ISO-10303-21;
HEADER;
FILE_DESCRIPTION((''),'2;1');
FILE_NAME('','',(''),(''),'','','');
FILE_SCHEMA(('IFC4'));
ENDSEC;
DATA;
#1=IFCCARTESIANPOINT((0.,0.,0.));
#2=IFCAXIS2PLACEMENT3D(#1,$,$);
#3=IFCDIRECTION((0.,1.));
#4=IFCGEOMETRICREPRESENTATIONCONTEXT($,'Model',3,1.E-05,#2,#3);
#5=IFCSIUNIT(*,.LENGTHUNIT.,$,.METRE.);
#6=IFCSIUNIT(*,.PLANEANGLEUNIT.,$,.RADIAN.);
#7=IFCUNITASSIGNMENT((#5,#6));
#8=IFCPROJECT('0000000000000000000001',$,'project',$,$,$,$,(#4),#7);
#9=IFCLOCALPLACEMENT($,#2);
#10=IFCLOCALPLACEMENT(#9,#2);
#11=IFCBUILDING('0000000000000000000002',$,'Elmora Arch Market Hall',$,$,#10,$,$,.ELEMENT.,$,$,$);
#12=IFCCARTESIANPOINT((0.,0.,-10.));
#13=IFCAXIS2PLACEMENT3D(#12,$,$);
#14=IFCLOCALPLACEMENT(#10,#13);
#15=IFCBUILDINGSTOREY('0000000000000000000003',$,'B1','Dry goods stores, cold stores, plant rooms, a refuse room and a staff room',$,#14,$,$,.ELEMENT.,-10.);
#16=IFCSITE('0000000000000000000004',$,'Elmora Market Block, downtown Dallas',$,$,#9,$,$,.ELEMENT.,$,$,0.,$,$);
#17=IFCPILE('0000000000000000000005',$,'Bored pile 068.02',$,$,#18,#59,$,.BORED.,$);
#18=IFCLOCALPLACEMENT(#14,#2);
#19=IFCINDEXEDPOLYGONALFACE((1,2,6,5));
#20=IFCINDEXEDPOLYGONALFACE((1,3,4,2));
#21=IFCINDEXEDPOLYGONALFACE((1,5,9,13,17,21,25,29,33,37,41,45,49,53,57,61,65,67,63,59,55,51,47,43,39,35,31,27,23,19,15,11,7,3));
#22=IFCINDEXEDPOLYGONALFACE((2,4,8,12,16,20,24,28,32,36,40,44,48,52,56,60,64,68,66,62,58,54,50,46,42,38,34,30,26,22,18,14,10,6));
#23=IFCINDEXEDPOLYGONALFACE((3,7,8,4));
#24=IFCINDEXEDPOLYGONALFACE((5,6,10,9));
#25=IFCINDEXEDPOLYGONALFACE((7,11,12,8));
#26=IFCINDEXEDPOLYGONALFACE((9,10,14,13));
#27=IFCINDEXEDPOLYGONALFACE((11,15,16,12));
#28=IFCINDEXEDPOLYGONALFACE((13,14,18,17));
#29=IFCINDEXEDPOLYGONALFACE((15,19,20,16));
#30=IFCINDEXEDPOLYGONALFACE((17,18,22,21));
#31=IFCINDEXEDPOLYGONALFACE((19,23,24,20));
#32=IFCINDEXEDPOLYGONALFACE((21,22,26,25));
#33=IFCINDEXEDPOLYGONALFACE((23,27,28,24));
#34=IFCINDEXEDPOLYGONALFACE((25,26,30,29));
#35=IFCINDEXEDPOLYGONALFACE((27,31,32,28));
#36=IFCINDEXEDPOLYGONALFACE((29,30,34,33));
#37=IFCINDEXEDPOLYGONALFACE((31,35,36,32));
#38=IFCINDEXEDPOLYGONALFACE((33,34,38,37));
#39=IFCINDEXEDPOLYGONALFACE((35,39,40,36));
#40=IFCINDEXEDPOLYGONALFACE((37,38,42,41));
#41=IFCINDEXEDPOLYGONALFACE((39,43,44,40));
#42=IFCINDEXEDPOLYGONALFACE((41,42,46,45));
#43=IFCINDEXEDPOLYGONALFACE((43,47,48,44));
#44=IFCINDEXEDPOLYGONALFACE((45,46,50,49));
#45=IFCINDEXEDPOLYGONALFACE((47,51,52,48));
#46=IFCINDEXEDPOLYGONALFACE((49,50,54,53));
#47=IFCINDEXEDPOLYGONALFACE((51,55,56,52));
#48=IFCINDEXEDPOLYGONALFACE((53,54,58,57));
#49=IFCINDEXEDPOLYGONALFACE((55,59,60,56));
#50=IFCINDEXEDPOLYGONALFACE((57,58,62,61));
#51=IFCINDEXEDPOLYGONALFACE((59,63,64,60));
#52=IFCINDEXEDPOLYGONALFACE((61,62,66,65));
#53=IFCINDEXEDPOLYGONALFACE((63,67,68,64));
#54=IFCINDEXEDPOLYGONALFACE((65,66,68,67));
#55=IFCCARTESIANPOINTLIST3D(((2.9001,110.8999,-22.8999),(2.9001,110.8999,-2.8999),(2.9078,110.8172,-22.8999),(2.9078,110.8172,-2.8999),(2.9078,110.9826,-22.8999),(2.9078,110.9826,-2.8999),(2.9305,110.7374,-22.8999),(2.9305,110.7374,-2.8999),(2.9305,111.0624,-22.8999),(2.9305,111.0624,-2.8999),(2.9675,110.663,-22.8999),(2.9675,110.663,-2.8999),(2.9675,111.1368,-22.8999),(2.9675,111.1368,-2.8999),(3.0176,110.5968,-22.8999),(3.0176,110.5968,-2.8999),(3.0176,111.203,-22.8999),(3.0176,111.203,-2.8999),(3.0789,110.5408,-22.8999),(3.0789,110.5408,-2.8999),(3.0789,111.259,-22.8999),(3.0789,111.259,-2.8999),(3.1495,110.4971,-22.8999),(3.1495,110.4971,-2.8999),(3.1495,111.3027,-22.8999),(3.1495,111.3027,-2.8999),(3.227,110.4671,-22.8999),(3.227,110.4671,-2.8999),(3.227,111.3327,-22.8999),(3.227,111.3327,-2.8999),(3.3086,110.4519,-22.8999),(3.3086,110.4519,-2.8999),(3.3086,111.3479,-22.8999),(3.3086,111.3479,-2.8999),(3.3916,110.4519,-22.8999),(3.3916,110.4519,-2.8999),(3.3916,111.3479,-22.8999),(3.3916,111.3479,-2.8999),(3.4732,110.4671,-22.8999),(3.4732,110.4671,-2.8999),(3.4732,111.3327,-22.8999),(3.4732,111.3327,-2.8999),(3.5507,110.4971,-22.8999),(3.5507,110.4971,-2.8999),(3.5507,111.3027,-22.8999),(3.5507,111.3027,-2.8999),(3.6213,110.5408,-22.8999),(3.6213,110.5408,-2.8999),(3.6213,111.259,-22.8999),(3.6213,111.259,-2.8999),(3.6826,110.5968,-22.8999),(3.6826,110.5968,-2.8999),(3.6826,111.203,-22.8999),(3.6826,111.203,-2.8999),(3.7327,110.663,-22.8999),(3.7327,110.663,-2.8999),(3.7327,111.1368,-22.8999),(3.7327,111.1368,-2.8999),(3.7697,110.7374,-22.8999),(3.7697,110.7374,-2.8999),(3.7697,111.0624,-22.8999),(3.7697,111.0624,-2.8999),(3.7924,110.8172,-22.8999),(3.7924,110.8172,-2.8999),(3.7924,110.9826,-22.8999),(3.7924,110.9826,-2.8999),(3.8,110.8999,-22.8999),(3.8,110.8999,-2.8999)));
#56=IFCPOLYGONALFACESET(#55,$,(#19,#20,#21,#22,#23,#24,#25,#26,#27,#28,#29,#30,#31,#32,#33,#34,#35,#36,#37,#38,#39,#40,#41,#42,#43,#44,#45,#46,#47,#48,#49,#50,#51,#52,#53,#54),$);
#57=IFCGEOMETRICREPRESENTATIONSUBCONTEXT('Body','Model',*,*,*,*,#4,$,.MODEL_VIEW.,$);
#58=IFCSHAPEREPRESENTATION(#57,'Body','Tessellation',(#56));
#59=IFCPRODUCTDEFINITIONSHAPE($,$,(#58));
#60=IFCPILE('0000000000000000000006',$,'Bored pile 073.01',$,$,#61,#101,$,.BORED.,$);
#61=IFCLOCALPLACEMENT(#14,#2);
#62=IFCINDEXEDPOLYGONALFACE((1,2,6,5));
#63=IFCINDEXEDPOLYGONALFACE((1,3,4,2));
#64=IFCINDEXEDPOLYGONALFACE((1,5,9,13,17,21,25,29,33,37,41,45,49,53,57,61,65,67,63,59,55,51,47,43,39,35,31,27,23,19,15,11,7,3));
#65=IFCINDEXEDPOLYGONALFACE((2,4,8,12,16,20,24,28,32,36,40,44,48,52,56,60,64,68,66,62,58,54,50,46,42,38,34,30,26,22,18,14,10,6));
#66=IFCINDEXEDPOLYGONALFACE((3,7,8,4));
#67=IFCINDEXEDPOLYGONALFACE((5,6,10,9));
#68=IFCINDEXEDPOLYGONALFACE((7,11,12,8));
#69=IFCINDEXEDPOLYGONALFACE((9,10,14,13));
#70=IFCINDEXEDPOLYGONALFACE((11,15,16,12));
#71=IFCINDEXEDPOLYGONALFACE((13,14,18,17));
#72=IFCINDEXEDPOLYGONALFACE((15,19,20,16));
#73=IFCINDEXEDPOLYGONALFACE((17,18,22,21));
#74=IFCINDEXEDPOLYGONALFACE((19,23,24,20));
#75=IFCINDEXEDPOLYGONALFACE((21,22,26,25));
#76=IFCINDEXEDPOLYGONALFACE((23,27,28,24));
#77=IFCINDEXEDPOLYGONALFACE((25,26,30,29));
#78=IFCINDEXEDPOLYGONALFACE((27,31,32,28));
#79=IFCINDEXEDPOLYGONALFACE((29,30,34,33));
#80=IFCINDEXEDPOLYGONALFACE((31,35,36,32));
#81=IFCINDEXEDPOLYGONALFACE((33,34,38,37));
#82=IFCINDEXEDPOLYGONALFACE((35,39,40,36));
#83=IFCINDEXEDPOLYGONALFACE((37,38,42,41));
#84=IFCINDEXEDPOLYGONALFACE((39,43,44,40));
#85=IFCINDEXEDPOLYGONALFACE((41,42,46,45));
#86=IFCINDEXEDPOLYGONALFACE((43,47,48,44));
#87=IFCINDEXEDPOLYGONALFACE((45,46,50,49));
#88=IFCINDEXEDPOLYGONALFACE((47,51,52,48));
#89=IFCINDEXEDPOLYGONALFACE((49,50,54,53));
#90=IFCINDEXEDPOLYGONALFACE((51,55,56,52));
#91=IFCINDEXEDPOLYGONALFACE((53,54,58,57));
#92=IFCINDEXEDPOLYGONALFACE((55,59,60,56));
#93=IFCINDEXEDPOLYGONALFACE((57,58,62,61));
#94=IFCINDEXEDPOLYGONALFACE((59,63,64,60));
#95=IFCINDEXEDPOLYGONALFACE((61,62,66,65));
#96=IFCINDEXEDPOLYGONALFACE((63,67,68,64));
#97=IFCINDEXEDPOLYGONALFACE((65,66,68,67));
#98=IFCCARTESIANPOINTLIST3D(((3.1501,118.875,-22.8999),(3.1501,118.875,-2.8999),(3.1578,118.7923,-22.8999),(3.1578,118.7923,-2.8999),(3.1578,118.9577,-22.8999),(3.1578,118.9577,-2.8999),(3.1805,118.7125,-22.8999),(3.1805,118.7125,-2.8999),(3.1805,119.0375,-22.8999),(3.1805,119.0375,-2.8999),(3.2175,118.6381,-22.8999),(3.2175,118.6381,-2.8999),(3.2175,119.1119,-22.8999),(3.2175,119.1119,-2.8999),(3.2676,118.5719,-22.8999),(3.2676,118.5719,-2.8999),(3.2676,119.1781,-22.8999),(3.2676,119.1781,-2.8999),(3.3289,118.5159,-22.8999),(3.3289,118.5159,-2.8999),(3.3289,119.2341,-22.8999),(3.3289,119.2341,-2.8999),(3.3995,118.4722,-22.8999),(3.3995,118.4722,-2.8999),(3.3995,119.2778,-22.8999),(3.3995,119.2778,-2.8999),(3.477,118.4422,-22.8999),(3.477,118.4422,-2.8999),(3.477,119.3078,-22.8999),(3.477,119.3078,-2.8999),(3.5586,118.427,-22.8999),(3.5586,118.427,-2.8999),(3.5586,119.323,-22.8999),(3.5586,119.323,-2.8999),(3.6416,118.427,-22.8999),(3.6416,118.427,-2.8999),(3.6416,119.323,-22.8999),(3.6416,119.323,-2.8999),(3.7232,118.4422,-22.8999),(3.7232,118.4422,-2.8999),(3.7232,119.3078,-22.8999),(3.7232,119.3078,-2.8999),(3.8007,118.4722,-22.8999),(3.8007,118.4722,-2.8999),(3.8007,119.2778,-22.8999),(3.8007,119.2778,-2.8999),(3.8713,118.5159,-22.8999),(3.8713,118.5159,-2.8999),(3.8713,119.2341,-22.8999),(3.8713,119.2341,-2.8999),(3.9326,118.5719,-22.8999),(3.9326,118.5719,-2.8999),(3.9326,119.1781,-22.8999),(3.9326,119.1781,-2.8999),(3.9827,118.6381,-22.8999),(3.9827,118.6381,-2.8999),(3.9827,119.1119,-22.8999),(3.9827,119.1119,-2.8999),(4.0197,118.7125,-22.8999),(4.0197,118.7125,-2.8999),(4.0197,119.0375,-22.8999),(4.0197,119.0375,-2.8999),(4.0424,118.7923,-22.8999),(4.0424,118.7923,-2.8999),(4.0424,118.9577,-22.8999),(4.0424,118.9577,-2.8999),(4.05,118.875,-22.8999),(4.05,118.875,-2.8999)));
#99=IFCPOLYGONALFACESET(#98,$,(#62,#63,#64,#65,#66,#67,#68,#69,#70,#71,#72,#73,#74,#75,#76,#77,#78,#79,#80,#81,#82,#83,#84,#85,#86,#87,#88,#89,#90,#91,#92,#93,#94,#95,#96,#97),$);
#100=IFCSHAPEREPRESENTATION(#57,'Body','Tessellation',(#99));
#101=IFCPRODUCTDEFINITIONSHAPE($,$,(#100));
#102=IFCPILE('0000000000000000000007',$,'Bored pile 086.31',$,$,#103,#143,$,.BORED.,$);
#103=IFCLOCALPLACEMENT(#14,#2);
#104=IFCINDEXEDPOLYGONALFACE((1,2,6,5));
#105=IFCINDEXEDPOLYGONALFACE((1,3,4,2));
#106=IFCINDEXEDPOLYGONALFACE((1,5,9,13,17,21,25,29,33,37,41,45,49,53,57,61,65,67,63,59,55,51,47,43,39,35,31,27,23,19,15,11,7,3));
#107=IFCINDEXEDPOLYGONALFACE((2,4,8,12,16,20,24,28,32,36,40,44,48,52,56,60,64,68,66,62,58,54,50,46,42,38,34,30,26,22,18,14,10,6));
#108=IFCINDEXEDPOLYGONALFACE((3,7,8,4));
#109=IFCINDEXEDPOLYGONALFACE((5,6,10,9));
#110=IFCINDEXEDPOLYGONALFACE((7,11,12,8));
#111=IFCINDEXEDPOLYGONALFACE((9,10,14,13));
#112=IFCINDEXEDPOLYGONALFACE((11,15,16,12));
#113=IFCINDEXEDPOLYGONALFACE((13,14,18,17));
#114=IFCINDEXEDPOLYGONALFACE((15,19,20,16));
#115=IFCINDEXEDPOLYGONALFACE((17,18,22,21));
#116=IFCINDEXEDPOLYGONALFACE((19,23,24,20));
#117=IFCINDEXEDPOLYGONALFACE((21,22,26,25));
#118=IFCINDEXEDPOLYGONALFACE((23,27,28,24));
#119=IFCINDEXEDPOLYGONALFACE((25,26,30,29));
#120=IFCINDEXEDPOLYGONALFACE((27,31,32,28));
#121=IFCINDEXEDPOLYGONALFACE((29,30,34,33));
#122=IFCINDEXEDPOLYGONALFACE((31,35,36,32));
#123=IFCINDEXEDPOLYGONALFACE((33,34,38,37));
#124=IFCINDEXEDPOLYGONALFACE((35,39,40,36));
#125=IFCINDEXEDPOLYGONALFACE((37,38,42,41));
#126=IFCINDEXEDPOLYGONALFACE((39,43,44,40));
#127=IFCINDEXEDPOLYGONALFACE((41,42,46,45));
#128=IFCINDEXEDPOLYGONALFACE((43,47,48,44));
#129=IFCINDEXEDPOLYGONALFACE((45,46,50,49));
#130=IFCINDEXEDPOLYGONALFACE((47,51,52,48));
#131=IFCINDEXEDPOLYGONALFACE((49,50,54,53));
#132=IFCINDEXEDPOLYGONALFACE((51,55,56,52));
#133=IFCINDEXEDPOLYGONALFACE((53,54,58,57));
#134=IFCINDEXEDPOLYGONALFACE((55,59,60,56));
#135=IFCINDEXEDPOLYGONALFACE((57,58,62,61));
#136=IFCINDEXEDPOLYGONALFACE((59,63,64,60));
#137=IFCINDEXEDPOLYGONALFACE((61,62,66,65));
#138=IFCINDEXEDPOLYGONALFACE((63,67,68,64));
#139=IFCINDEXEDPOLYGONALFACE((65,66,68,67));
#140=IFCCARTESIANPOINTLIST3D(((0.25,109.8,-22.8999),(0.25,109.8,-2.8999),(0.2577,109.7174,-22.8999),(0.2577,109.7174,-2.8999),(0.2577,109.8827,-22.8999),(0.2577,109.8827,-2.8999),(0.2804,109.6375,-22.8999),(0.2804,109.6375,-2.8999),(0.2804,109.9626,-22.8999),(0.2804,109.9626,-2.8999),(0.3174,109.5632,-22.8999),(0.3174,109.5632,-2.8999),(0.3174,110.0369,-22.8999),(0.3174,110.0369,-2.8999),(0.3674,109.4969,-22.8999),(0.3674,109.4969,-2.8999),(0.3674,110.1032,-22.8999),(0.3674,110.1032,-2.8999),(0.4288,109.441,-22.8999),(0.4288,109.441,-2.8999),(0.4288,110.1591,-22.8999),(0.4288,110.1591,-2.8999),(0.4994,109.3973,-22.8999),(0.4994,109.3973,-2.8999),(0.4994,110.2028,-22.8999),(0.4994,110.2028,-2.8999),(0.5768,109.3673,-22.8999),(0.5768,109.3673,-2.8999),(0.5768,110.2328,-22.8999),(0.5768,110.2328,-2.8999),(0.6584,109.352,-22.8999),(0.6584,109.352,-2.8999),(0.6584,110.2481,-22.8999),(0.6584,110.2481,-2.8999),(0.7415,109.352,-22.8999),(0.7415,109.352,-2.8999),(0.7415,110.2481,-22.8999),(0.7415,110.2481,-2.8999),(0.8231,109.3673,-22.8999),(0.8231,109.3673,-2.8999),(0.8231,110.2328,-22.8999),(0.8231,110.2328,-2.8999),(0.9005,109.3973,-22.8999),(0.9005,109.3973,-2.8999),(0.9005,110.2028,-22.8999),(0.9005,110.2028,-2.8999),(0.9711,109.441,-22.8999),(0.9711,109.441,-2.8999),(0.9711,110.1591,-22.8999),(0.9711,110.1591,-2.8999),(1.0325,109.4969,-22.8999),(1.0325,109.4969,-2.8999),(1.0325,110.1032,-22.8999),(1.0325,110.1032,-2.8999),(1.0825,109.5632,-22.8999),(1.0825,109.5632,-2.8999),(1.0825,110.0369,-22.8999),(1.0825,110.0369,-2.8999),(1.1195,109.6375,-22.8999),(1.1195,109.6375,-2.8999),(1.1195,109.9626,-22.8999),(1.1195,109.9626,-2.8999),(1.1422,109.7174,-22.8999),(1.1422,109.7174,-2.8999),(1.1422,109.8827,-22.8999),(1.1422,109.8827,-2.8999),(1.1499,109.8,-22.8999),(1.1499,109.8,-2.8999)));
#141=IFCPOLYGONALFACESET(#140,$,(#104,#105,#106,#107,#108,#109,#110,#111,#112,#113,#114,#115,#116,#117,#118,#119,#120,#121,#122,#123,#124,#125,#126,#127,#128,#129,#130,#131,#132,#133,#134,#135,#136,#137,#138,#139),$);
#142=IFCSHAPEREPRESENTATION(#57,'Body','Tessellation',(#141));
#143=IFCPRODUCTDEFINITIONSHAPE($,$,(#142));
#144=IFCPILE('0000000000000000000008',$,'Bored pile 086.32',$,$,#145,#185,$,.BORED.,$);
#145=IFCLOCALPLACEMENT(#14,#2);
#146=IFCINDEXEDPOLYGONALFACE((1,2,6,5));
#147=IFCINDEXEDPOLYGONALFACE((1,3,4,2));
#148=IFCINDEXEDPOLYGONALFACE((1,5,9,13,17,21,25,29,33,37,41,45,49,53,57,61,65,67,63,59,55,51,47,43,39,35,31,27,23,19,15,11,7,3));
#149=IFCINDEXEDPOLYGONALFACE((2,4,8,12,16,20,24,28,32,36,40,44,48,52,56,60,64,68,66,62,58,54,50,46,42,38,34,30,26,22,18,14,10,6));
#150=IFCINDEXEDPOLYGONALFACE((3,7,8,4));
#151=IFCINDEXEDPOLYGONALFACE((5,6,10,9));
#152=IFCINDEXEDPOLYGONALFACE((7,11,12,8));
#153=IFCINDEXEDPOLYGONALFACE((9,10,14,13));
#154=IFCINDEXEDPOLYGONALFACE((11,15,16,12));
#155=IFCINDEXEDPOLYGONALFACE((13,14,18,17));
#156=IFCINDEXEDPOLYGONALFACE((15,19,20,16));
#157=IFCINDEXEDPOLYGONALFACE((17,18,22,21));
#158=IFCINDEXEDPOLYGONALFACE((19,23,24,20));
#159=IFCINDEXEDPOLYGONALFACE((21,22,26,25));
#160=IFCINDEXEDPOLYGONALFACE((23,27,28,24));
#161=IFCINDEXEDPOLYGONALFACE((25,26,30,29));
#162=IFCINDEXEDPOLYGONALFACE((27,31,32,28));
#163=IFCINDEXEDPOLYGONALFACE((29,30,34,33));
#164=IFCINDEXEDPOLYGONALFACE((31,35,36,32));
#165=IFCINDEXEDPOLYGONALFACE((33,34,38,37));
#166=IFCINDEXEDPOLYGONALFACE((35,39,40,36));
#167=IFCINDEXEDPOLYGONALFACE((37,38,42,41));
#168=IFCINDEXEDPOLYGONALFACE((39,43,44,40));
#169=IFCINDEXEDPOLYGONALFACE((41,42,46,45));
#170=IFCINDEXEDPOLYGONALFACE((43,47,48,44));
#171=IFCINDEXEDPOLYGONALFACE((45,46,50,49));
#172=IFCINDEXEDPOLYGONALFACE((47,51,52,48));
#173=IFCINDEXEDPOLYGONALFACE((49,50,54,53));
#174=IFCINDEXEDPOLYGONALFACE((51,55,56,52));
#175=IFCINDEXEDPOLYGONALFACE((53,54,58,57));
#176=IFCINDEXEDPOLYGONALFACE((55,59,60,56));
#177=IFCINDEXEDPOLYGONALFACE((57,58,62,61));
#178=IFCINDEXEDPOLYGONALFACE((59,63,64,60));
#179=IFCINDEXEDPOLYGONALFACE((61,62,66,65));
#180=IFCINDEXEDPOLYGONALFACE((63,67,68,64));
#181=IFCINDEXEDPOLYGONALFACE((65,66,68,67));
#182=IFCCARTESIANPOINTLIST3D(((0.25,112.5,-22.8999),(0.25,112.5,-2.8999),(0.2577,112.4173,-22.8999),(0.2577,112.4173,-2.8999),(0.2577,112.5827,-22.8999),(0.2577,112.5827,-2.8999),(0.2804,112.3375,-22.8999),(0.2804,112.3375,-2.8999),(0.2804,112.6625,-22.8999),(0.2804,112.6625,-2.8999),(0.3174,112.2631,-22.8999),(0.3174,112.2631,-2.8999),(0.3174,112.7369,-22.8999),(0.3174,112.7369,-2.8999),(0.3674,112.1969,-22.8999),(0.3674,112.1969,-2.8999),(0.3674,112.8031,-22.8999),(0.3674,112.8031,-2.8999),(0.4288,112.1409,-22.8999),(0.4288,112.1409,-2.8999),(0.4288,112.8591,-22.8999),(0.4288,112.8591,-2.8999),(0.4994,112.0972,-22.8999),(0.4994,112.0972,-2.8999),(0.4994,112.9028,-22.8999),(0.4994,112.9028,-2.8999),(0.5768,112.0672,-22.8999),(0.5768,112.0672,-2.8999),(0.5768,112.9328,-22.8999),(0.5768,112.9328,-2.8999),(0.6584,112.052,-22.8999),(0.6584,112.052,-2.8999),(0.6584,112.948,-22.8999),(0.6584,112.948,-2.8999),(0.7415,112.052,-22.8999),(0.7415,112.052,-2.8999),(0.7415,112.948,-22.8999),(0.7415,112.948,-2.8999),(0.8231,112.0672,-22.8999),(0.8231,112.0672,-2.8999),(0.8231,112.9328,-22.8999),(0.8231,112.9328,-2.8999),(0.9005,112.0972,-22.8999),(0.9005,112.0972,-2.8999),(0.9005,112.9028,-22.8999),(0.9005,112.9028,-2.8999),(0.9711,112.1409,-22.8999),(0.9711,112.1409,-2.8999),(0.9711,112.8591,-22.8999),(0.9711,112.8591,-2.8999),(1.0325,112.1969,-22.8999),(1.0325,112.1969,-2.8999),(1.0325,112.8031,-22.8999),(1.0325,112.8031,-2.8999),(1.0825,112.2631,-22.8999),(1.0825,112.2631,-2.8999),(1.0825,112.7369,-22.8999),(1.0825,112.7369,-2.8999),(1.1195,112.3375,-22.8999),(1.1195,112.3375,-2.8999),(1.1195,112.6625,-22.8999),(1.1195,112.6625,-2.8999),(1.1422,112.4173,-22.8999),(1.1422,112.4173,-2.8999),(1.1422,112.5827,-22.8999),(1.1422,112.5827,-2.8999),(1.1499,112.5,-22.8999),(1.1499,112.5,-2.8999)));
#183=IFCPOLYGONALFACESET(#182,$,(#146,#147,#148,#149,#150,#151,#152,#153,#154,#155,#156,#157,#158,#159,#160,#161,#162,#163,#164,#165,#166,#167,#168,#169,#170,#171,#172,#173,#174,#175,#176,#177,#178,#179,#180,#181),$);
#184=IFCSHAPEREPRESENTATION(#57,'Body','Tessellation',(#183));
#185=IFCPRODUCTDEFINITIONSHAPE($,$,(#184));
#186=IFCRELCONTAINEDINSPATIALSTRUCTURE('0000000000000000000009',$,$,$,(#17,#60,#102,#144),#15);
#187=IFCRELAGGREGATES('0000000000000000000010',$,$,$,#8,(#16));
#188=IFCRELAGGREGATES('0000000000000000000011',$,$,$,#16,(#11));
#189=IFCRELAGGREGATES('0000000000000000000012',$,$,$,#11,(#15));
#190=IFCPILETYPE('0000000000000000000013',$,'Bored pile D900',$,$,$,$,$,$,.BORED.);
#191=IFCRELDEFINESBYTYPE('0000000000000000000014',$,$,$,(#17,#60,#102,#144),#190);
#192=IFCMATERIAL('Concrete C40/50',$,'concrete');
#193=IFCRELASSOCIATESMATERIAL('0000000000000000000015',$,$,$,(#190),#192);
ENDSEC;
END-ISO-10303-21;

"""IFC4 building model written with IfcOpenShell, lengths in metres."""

from ifc_helpers import new_model, si_unit, direction, frame, origin, origin_2d, place, context, subcontext, project, spatial, circle, extrude, material, material_profile, profile_set, type_object, element, save


model = new_model("IFC4")

# Units and contexts
model_context = context("Model", 3, precision=1e-05, world=origin(), true_north=direction((0.0, 1.0)))
body_context = subcontext(model_context, "Body", "Model", "MODEL_VIEW")
ifc_project = project(units=[si_unit("LENGTHUNIT", "METRE"), si_unit("PLANEANGLEUNIT", "RADIAN")], contexts=[model_context])

# Site, building, storey
site_placement = place(None, origin())
site = spatial("IfcSite", under=ifc_project, at=site_placement, Name="Elmora Market Block, downtown Dallas", CompositionType="ELEMENT", RefElevation=0.0)
building_placement = place(site_placement, origin())
building = spatial("IfcBuilding", under=site, at=building_placement, Name="Elmora Arch Market Hall", CompositionType="ELEMENT")
storey_placement = place(building_placement, frame((0.0, 0.0, -10.0)))
storey = spatial("IfcBuildingStorey", under=building, at=storey_placement, Name="B1", Description="Dry goods stores, cold stores, plant rooms, a refuse room and a staff room", CompositionType="ELEMENT", Elevation=-10.0)

# Piles
ifc_material_1 = material(Name="Concrete C40/50", Category="concrete")
ifc_material_profile = material_profile(ifc_material_1, circle(Radius=0.45, at=origin_2d()), Name="Bored pile D900")
ifc_profile_set = profile_set([ifc_material_profile], Name="Concrete C40/50")
pile_type = type_object("IfcPileType", Name="Bored pile D900", PredefinedType="BORED", material=ifc_profile_set)
for number, where, z_axis, x_axis, name in (
    (1, (3.3501, 110.8999, -2.8999), (0.0, 0.0, -1.0), (1.0, 0.0, 0.0), "Bored pile 068.02"),
    (2, (3.6001, 118.875, -2.8999), (0.0, 0.0, -1.0), (1.0, 0.0, 0.0), "Bored pile 073.01"),
    (3, (0.7, 109.8, -2.8999), (0.0, 0.0, -1.0), (1.0, 0.0, 0.0), "Bored pile 086.31"),
    (4, (0.7, 112.5, -2.8999), (0.0, 0.0, -1.0), (1.0, 0.0, 0.0), "Bored pile 086.32"),
):
    element("IfcPile", number, at=place(storey_placement, frame(where, z_axis=z_axis, x_axis=x_axis)), inside=storey, type_object=pile_type, Name=name, PredefinedType="BORED", context=body_context, shape_type="SweptSolid", body=[
        extrude(circle(Radius=0.45, at=origin_2d()), origin(), (0.0, 0.0, 1.0), 20.0),
    ])

save(model, "model.ifc")
